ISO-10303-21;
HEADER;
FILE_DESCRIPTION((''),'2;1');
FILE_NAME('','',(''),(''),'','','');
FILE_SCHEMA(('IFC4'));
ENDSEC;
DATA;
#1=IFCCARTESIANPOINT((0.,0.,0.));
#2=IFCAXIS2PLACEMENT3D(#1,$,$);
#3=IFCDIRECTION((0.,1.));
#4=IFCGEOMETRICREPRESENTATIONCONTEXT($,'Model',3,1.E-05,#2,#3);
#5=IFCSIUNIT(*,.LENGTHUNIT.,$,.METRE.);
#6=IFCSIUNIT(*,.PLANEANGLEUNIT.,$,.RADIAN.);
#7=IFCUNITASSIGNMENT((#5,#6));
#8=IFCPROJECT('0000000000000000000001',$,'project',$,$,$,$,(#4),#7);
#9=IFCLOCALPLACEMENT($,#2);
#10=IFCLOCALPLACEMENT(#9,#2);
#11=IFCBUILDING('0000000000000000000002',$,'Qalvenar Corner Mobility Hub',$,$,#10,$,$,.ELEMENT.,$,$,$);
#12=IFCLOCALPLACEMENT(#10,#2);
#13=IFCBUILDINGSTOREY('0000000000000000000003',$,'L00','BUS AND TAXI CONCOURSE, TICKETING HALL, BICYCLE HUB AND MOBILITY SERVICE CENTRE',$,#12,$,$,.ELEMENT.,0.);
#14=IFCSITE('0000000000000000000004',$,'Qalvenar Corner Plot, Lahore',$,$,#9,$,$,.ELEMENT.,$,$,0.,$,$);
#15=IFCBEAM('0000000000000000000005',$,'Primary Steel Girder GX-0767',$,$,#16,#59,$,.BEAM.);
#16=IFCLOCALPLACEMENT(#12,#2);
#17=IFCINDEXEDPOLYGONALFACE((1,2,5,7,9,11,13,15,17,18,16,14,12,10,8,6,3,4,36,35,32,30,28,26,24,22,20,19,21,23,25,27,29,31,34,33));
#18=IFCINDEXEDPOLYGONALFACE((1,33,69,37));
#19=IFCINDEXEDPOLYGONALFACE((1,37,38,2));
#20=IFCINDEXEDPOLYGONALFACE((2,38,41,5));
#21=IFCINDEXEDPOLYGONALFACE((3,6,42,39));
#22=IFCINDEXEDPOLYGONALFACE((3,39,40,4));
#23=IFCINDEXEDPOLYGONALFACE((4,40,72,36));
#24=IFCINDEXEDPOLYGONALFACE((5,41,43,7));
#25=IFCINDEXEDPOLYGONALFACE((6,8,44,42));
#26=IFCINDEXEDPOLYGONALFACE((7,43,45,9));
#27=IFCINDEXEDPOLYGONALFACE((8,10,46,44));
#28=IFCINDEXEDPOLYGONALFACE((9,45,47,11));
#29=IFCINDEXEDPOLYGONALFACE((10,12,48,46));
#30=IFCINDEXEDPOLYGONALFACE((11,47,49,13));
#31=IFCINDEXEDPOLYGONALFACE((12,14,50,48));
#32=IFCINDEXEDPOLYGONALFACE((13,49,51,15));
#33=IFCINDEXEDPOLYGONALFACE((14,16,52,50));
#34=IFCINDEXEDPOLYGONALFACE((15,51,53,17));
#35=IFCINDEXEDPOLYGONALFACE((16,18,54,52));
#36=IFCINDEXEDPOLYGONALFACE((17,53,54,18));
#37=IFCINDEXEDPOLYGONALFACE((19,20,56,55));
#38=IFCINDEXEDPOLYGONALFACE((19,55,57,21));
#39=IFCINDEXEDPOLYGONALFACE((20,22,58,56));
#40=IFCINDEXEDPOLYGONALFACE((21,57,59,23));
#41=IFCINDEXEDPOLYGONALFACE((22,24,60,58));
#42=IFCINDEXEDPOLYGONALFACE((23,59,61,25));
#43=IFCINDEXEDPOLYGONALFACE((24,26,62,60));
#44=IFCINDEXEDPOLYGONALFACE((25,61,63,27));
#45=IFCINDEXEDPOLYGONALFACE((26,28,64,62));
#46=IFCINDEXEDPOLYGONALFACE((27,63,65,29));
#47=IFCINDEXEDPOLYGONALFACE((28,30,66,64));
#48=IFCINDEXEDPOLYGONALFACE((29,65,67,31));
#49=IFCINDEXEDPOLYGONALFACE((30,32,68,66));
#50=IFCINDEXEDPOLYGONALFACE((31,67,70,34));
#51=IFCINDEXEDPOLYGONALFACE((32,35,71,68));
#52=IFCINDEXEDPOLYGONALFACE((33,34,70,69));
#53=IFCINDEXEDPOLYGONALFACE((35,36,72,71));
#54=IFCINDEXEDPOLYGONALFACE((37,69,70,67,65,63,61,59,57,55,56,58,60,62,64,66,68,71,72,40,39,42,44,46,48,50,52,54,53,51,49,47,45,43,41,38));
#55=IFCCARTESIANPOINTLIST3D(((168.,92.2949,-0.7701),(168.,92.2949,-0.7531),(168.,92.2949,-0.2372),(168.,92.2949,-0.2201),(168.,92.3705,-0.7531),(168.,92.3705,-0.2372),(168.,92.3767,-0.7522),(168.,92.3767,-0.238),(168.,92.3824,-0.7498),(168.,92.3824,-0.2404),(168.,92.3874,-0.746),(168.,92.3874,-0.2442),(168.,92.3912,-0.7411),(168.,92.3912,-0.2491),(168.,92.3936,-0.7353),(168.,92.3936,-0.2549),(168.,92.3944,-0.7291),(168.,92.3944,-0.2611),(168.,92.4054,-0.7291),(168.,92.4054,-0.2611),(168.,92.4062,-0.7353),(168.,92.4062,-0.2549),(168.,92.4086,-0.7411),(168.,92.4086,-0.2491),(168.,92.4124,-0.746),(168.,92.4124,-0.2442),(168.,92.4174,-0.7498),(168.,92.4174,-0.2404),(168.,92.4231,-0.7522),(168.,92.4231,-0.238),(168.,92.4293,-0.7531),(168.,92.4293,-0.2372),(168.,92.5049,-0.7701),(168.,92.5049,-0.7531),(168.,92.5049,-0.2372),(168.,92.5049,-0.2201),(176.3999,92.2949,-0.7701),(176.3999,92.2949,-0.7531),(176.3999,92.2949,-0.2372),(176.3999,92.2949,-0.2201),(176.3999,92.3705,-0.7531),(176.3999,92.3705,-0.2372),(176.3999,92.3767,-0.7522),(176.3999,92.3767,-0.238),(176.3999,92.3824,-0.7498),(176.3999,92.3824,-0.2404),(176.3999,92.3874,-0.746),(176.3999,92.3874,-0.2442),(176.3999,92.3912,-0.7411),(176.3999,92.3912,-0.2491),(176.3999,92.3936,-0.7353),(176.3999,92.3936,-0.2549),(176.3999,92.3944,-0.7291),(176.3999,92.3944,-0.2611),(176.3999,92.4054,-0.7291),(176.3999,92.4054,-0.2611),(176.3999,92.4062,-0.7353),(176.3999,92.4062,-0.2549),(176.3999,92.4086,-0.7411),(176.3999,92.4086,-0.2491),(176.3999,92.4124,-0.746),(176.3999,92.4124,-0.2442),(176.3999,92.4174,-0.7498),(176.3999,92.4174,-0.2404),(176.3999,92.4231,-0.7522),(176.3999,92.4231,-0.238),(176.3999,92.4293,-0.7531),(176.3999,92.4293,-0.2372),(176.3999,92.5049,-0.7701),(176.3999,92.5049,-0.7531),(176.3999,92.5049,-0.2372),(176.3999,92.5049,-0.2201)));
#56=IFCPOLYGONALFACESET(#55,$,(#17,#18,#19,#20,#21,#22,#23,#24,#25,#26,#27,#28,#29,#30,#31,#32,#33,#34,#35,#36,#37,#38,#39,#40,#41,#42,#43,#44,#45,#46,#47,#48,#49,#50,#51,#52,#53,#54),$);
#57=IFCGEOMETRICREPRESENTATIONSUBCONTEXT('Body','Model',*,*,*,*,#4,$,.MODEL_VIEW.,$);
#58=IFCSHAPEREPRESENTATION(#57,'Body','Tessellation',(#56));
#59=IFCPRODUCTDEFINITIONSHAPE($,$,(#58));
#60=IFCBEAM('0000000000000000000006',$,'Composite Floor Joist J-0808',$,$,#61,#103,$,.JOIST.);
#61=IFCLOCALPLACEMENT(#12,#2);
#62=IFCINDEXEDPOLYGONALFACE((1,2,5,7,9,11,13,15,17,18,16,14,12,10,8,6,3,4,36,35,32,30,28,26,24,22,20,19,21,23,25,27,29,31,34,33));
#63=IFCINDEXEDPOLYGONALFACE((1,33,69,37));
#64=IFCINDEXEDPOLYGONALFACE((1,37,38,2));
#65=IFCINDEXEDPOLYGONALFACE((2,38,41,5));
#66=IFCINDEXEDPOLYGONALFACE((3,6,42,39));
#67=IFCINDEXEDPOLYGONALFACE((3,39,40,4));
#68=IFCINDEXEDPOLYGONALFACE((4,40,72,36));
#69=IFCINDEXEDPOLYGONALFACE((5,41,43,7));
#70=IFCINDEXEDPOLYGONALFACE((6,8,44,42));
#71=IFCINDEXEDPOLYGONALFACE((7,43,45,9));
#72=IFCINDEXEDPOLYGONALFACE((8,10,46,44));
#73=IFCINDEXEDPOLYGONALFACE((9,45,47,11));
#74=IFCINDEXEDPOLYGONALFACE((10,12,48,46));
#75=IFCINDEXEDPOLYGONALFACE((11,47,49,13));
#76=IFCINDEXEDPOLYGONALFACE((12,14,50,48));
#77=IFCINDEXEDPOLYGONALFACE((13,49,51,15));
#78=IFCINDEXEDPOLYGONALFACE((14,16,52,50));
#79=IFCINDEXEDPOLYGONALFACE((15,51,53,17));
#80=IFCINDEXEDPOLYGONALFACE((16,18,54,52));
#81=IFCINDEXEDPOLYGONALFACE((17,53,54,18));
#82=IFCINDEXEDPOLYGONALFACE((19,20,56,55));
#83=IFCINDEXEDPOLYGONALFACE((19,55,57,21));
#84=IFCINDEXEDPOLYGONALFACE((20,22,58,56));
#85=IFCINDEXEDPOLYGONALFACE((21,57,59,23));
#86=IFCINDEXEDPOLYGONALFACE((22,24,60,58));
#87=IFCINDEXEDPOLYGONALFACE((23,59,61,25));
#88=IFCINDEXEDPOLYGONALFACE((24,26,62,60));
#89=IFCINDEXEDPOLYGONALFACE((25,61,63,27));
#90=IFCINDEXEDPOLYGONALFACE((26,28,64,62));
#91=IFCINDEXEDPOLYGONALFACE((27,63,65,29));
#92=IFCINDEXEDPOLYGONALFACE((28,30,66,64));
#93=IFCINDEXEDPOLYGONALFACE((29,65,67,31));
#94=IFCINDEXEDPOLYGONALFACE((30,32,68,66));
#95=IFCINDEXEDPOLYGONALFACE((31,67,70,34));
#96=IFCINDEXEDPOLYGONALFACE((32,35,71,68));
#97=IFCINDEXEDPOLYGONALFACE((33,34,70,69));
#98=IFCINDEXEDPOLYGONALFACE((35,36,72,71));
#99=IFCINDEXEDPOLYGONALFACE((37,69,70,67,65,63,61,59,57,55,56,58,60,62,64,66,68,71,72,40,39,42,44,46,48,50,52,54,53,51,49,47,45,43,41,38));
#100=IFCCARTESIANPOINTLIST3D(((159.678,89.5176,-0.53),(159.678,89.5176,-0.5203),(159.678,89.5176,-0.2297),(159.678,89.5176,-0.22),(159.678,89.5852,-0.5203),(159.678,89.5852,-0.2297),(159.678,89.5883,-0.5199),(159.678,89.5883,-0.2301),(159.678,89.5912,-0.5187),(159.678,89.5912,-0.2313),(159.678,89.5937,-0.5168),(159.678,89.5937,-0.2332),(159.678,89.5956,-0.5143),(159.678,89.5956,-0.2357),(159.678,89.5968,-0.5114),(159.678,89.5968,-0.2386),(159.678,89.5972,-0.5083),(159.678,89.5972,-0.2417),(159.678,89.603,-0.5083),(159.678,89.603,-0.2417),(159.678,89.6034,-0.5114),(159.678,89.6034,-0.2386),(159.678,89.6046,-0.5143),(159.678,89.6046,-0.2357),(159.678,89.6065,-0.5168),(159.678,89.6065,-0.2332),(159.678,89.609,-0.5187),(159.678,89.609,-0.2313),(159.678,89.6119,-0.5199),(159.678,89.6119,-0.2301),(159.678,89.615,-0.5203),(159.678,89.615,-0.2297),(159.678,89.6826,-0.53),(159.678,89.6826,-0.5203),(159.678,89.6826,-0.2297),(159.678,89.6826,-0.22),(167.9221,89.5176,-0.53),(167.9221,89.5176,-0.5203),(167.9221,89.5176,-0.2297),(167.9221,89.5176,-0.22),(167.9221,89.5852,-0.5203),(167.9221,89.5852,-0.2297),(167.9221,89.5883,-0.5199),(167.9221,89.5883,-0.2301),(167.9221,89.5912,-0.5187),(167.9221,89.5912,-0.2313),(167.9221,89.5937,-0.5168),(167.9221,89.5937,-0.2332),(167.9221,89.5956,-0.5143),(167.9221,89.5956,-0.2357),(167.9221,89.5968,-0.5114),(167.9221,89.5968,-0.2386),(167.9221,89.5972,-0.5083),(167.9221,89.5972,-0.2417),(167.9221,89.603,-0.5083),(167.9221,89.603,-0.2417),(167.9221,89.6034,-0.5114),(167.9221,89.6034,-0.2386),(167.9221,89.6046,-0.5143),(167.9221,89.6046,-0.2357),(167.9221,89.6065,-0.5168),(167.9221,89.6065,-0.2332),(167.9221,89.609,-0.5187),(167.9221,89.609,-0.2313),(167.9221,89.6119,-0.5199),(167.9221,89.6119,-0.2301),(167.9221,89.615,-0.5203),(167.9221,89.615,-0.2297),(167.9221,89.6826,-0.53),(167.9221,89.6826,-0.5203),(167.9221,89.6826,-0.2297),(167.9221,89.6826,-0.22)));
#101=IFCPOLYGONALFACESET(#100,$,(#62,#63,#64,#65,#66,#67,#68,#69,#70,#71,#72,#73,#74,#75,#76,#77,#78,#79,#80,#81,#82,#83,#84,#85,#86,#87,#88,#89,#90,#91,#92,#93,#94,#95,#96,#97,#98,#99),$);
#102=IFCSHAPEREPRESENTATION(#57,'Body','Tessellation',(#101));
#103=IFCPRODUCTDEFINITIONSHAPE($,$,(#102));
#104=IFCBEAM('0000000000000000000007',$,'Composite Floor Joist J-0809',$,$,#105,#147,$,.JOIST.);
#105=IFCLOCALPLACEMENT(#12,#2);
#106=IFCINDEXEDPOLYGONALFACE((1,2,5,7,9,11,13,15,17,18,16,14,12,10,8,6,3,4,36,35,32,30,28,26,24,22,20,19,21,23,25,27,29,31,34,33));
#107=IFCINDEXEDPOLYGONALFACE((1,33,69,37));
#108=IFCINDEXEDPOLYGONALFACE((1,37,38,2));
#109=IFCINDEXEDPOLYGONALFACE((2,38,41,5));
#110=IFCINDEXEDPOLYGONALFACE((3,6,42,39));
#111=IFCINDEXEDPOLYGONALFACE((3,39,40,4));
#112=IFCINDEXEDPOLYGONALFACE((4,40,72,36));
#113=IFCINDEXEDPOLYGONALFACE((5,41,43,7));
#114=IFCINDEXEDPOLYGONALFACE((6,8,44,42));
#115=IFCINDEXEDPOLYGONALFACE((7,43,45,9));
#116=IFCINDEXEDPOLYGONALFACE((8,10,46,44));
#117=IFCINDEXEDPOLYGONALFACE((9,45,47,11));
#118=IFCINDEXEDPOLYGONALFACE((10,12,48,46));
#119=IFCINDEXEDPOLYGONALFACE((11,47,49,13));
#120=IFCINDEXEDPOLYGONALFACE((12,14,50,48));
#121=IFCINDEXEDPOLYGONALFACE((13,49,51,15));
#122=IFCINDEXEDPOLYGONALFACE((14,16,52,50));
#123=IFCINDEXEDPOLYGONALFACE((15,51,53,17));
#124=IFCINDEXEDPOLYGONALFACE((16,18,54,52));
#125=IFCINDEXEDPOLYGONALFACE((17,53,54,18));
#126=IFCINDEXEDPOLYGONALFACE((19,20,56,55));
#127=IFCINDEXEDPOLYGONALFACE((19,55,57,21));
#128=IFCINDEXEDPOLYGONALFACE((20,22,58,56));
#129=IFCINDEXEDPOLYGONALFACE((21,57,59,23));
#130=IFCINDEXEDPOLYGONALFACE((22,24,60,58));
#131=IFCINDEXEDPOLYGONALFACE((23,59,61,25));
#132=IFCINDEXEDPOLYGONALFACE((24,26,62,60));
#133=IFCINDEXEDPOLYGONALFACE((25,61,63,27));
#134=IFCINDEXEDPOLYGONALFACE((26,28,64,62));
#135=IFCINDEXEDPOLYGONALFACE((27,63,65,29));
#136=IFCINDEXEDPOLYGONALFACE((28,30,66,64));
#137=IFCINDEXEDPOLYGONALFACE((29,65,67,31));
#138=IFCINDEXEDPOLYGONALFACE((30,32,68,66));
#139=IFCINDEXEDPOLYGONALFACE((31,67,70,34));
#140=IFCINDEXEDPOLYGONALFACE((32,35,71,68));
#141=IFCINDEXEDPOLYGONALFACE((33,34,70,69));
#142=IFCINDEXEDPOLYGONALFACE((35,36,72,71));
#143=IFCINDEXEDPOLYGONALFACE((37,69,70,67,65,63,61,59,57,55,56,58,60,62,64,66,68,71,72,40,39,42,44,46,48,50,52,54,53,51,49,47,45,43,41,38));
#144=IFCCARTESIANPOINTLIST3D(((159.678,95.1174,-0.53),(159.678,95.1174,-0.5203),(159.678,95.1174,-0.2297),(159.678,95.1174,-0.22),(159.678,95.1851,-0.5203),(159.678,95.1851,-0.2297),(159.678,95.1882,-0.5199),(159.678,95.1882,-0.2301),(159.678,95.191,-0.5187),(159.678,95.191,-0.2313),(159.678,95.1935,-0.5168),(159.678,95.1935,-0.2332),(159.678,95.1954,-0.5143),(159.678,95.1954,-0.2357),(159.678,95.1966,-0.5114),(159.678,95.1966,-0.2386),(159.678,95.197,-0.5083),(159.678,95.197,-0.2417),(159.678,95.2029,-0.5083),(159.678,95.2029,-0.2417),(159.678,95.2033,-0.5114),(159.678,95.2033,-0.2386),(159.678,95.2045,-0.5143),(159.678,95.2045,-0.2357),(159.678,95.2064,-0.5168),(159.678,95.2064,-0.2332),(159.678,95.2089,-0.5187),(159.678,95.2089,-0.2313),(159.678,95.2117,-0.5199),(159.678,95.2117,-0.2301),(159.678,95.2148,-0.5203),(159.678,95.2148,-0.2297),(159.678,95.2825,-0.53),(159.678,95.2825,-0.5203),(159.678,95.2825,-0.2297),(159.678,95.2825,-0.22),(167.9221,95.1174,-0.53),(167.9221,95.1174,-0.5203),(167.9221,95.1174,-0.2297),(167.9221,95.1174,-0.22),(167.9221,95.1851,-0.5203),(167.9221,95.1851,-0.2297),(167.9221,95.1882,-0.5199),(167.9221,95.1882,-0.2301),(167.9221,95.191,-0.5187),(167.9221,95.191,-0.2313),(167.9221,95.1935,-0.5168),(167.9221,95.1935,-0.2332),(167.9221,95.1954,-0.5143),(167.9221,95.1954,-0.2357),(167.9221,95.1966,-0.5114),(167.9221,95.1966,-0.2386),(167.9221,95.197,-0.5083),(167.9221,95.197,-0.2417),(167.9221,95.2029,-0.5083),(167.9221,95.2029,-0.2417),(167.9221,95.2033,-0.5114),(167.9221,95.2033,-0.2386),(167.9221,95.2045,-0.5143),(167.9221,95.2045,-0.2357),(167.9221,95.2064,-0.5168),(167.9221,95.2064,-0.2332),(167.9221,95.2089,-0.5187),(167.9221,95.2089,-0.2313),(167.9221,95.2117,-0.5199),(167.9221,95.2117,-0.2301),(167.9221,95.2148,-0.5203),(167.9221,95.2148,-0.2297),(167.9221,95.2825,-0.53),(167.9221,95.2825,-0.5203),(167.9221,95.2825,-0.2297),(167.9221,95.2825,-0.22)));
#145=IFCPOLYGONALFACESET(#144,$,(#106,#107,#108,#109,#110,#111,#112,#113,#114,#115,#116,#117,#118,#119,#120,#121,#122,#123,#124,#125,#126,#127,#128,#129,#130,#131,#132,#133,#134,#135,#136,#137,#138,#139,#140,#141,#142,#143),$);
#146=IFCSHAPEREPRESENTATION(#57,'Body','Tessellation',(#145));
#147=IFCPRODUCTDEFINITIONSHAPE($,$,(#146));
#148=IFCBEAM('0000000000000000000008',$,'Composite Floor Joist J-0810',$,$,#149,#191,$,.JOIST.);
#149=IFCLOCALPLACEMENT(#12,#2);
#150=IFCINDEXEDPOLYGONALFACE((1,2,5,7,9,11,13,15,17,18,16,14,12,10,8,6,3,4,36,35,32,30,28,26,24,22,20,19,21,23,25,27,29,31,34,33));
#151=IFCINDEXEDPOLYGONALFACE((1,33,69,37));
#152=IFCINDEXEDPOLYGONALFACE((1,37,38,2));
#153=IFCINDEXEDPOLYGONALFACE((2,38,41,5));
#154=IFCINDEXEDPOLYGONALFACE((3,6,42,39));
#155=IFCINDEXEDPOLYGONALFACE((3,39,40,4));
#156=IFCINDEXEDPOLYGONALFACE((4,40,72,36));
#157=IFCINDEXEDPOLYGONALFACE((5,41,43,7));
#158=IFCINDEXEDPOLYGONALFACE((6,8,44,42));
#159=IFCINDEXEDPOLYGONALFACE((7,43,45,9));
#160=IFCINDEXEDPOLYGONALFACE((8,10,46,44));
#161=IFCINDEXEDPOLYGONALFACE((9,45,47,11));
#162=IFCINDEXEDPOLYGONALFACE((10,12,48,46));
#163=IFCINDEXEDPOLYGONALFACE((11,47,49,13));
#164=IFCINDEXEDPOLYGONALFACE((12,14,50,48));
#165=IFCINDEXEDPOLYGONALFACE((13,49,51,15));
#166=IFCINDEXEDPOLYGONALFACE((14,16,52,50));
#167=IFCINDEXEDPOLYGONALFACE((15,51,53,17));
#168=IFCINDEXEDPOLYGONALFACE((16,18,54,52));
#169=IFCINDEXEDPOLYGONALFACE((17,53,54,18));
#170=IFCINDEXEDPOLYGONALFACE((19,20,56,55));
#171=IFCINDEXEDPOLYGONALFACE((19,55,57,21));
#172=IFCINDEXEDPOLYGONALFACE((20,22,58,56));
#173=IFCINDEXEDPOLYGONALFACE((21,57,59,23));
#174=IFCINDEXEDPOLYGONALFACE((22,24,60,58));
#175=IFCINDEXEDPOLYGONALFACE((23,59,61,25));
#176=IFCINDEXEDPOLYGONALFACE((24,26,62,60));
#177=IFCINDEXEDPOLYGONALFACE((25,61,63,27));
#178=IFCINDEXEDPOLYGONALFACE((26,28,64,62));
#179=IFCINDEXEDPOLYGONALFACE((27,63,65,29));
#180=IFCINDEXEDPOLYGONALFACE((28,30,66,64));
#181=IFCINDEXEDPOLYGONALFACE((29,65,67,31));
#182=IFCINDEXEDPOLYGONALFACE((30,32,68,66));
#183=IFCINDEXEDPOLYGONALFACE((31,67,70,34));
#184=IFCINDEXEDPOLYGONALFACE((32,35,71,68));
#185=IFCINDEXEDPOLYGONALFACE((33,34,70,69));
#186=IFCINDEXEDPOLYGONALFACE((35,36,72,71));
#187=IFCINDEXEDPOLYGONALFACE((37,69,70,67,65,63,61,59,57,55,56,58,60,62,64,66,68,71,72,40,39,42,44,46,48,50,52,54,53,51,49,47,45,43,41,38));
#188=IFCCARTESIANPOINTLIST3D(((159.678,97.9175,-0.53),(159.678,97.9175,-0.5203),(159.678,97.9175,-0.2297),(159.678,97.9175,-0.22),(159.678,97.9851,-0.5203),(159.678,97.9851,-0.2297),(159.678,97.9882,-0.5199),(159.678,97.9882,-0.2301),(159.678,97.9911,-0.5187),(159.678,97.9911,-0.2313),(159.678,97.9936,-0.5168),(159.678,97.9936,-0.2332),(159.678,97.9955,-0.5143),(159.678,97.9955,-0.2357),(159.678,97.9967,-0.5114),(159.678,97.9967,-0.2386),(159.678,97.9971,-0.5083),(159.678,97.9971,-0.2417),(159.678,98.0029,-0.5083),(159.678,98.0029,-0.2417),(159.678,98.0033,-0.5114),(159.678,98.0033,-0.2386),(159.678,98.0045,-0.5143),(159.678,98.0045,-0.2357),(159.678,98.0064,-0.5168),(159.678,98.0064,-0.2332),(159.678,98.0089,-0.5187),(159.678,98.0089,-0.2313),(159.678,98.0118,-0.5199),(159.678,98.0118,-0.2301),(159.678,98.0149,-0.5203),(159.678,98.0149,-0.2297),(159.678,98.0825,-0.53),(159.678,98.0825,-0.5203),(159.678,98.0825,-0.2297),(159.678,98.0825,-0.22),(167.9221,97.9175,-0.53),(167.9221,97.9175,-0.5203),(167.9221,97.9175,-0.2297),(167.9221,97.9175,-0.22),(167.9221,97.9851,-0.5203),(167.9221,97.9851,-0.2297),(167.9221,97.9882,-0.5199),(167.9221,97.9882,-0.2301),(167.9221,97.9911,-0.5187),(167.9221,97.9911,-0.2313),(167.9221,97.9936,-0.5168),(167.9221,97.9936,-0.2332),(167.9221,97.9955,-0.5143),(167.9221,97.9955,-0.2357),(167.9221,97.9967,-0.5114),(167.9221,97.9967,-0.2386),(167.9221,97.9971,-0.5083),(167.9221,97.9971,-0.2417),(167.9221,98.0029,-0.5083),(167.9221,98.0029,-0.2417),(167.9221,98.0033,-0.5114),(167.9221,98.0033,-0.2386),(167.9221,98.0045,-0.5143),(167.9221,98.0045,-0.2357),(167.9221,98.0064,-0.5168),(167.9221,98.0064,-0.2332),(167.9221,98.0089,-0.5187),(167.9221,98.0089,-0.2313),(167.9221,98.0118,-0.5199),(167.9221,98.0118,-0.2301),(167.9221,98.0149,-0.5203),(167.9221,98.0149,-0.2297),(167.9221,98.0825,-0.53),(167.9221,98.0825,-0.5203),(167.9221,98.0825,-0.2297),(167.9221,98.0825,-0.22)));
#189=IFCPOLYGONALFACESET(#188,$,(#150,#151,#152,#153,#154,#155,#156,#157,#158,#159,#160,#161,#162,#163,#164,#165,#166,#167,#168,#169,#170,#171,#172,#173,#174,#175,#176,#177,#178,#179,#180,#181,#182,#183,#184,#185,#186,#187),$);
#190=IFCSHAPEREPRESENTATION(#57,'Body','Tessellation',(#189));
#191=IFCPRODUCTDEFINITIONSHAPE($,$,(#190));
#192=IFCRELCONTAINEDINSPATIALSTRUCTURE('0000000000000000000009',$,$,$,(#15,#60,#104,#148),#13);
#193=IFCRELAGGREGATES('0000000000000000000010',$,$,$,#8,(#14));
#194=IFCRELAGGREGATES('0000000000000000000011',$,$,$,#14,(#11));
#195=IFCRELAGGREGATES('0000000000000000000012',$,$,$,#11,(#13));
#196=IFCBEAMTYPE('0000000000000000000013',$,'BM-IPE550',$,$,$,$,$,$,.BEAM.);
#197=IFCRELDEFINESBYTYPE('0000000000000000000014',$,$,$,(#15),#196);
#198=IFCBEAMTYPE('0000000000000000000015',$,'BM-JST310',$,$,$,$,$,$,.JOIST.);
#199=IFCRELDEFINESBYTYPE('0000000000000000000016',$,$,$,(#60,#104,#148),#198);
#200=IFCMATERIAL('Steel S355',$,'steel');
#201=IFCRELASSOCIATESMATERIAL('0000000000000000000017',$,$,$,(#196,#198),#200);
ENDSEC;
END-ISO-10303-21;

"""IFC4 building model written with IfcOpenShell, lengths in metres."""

from ifc_helpers import new_model, si_unit, direction, frame, origin, origin_2d, place, context, subcontext, project, spatial, i_section, extrude, material, material_profile, profile_set, type_object, element, save


model = new_model("IFC4")

# Units and contexts
model_context = context("Model", 3, precision=1e-05, world=origin(), true_north=direction((0.0, 1.0)))
body_context = subcontext(model_context, "Body", "Model", "MODEL_VIEW")
ifc_project = project(units=[si_unit("LENGTHUNIT", "METRE"), si_unit("PLANEANGLEUNIT", "RADIAN")], contexts=[model_context])

# Site, building, storey
site_placement = place(None, origin())
site = spatial("IfcSite", under=ifc_project, at=site_placement, Name="Qalvenar Corner Plot, Lahore", CompositionType="ELEMENT", RefElevation=0.0)
building_placement = place(site_placement, origin())
building = spatial("IfcBuilding", under=site, at=building_placement, Name="Qalvenar Corner Mobility Hub", CompositionType="ELEMENT")
storey_placement = place(building_placement, origin())
storey = spatial("IfcBuildingStorey", under=building, at=storey_placement, Name="L00", Description="BUS AND TAXI CONCOURSE, TICKETING HALL, BICYCLE HUB AND MOBILITY SERVICE CENTRE", CompositionType="ELEMENT", Elevation=0.0)

# Shared definitions
ifc_material_1 = material(Name="Steel S355", Category="steel")

# Beams
ifc_material_profile_1 = material_profile(ifc_material_1, i_section(OverallWidth=0.21, OverallDepth=0.55, WebThickness=0.011, FlangeThickness=0.0171, FilletRadius=0.0239, at=origin_2d()), Name="IPE550")
ifc_profile_set_1 = profile_set([ifc_material_profile_1], Name="Steel S355")
beam_type_1 = type_object("IfcBeamType", Name="BM-IPE550", PredefinedType="BEAM", material=ifc_profile_set_1)
beam_1_placement = place(storey_placement, frame((168.0, 92.3999, -0.4951), z_axis=(1.0, 0.0, 0.0), x_axis=(0.0, 1.0, 0.0)))
element("IfcBeam", 1, at=beam_1_placement, inside=storey, type_object=beam_type_1, Name="Primary Steel Girder GX-0767", PredefinedType="BEAM", context=body_context, shape_type="SweptSolid", body=[
    extrude(i_section(OverallWidth=0.21, OverallDepth=0.55, WebThickness=0.011, FlangeThickness=0.0171, FilletRadius=0.0239, at=origin_2d()), origin(), (0.0, 0.0, 1.0), 8.3999),
])
ifc_material_profile_2 = material_profile(ifc_material_1, i_section(OverallWidth=0.165, OverallDepth=0.3101, WebThickness=0.0059, FlangeThickness=0.0098, FilletRadius=0.012, at=origin_2d()), Name="W310x38.7")
ifc_profile_set_2 = profile_set([ifc_material_profile_2], Name="Steel S355")
beam_type_2 = type_object("IfcBeamType", Name="BM-JST310", PredefinedType="JOIST", material=ifc_profile_set_2)
for number, where, z_axis, x_axis, name in (
    (2, (159.678, 89.6001, -0.375), (1.0, 0.0, 0.0), (0.0, 1.0, 0.0), "Composite Floor Joist J-0808"),
    (3, (159.678, 95.2, -0.375), (1.0, 0.0, 0.0), (0.0, 1.0, 0.0), "Composite Floor Joist J-0809"),
    (4, (159.678, 98.0, -0.375), (1.0, 0.0, 0.0), (0.0, 1.0, 0.0), "Composite Floor Joist J-0810"),
):
    element("IfcBeam", number, at=place(storey_placement, frame(where, z_axis=z_axis, x_axis=x_axis)), inside=storey, type_object=beam_type_2, Name=name, PredefinedType="JOIST", context=body_context, shape_type="SweptSolid", body=[
        extrude(i_section(OverallWidth=0.165, OverallDepth=0.3101, WebThickness=0.0059, FlangeThickness=0.0098, FilletRadius=0.012, at=origin_2d()), origin(), (0.0, 0.0, 1.0), 8.2441),
    ])

save(model, "model.ifc")
